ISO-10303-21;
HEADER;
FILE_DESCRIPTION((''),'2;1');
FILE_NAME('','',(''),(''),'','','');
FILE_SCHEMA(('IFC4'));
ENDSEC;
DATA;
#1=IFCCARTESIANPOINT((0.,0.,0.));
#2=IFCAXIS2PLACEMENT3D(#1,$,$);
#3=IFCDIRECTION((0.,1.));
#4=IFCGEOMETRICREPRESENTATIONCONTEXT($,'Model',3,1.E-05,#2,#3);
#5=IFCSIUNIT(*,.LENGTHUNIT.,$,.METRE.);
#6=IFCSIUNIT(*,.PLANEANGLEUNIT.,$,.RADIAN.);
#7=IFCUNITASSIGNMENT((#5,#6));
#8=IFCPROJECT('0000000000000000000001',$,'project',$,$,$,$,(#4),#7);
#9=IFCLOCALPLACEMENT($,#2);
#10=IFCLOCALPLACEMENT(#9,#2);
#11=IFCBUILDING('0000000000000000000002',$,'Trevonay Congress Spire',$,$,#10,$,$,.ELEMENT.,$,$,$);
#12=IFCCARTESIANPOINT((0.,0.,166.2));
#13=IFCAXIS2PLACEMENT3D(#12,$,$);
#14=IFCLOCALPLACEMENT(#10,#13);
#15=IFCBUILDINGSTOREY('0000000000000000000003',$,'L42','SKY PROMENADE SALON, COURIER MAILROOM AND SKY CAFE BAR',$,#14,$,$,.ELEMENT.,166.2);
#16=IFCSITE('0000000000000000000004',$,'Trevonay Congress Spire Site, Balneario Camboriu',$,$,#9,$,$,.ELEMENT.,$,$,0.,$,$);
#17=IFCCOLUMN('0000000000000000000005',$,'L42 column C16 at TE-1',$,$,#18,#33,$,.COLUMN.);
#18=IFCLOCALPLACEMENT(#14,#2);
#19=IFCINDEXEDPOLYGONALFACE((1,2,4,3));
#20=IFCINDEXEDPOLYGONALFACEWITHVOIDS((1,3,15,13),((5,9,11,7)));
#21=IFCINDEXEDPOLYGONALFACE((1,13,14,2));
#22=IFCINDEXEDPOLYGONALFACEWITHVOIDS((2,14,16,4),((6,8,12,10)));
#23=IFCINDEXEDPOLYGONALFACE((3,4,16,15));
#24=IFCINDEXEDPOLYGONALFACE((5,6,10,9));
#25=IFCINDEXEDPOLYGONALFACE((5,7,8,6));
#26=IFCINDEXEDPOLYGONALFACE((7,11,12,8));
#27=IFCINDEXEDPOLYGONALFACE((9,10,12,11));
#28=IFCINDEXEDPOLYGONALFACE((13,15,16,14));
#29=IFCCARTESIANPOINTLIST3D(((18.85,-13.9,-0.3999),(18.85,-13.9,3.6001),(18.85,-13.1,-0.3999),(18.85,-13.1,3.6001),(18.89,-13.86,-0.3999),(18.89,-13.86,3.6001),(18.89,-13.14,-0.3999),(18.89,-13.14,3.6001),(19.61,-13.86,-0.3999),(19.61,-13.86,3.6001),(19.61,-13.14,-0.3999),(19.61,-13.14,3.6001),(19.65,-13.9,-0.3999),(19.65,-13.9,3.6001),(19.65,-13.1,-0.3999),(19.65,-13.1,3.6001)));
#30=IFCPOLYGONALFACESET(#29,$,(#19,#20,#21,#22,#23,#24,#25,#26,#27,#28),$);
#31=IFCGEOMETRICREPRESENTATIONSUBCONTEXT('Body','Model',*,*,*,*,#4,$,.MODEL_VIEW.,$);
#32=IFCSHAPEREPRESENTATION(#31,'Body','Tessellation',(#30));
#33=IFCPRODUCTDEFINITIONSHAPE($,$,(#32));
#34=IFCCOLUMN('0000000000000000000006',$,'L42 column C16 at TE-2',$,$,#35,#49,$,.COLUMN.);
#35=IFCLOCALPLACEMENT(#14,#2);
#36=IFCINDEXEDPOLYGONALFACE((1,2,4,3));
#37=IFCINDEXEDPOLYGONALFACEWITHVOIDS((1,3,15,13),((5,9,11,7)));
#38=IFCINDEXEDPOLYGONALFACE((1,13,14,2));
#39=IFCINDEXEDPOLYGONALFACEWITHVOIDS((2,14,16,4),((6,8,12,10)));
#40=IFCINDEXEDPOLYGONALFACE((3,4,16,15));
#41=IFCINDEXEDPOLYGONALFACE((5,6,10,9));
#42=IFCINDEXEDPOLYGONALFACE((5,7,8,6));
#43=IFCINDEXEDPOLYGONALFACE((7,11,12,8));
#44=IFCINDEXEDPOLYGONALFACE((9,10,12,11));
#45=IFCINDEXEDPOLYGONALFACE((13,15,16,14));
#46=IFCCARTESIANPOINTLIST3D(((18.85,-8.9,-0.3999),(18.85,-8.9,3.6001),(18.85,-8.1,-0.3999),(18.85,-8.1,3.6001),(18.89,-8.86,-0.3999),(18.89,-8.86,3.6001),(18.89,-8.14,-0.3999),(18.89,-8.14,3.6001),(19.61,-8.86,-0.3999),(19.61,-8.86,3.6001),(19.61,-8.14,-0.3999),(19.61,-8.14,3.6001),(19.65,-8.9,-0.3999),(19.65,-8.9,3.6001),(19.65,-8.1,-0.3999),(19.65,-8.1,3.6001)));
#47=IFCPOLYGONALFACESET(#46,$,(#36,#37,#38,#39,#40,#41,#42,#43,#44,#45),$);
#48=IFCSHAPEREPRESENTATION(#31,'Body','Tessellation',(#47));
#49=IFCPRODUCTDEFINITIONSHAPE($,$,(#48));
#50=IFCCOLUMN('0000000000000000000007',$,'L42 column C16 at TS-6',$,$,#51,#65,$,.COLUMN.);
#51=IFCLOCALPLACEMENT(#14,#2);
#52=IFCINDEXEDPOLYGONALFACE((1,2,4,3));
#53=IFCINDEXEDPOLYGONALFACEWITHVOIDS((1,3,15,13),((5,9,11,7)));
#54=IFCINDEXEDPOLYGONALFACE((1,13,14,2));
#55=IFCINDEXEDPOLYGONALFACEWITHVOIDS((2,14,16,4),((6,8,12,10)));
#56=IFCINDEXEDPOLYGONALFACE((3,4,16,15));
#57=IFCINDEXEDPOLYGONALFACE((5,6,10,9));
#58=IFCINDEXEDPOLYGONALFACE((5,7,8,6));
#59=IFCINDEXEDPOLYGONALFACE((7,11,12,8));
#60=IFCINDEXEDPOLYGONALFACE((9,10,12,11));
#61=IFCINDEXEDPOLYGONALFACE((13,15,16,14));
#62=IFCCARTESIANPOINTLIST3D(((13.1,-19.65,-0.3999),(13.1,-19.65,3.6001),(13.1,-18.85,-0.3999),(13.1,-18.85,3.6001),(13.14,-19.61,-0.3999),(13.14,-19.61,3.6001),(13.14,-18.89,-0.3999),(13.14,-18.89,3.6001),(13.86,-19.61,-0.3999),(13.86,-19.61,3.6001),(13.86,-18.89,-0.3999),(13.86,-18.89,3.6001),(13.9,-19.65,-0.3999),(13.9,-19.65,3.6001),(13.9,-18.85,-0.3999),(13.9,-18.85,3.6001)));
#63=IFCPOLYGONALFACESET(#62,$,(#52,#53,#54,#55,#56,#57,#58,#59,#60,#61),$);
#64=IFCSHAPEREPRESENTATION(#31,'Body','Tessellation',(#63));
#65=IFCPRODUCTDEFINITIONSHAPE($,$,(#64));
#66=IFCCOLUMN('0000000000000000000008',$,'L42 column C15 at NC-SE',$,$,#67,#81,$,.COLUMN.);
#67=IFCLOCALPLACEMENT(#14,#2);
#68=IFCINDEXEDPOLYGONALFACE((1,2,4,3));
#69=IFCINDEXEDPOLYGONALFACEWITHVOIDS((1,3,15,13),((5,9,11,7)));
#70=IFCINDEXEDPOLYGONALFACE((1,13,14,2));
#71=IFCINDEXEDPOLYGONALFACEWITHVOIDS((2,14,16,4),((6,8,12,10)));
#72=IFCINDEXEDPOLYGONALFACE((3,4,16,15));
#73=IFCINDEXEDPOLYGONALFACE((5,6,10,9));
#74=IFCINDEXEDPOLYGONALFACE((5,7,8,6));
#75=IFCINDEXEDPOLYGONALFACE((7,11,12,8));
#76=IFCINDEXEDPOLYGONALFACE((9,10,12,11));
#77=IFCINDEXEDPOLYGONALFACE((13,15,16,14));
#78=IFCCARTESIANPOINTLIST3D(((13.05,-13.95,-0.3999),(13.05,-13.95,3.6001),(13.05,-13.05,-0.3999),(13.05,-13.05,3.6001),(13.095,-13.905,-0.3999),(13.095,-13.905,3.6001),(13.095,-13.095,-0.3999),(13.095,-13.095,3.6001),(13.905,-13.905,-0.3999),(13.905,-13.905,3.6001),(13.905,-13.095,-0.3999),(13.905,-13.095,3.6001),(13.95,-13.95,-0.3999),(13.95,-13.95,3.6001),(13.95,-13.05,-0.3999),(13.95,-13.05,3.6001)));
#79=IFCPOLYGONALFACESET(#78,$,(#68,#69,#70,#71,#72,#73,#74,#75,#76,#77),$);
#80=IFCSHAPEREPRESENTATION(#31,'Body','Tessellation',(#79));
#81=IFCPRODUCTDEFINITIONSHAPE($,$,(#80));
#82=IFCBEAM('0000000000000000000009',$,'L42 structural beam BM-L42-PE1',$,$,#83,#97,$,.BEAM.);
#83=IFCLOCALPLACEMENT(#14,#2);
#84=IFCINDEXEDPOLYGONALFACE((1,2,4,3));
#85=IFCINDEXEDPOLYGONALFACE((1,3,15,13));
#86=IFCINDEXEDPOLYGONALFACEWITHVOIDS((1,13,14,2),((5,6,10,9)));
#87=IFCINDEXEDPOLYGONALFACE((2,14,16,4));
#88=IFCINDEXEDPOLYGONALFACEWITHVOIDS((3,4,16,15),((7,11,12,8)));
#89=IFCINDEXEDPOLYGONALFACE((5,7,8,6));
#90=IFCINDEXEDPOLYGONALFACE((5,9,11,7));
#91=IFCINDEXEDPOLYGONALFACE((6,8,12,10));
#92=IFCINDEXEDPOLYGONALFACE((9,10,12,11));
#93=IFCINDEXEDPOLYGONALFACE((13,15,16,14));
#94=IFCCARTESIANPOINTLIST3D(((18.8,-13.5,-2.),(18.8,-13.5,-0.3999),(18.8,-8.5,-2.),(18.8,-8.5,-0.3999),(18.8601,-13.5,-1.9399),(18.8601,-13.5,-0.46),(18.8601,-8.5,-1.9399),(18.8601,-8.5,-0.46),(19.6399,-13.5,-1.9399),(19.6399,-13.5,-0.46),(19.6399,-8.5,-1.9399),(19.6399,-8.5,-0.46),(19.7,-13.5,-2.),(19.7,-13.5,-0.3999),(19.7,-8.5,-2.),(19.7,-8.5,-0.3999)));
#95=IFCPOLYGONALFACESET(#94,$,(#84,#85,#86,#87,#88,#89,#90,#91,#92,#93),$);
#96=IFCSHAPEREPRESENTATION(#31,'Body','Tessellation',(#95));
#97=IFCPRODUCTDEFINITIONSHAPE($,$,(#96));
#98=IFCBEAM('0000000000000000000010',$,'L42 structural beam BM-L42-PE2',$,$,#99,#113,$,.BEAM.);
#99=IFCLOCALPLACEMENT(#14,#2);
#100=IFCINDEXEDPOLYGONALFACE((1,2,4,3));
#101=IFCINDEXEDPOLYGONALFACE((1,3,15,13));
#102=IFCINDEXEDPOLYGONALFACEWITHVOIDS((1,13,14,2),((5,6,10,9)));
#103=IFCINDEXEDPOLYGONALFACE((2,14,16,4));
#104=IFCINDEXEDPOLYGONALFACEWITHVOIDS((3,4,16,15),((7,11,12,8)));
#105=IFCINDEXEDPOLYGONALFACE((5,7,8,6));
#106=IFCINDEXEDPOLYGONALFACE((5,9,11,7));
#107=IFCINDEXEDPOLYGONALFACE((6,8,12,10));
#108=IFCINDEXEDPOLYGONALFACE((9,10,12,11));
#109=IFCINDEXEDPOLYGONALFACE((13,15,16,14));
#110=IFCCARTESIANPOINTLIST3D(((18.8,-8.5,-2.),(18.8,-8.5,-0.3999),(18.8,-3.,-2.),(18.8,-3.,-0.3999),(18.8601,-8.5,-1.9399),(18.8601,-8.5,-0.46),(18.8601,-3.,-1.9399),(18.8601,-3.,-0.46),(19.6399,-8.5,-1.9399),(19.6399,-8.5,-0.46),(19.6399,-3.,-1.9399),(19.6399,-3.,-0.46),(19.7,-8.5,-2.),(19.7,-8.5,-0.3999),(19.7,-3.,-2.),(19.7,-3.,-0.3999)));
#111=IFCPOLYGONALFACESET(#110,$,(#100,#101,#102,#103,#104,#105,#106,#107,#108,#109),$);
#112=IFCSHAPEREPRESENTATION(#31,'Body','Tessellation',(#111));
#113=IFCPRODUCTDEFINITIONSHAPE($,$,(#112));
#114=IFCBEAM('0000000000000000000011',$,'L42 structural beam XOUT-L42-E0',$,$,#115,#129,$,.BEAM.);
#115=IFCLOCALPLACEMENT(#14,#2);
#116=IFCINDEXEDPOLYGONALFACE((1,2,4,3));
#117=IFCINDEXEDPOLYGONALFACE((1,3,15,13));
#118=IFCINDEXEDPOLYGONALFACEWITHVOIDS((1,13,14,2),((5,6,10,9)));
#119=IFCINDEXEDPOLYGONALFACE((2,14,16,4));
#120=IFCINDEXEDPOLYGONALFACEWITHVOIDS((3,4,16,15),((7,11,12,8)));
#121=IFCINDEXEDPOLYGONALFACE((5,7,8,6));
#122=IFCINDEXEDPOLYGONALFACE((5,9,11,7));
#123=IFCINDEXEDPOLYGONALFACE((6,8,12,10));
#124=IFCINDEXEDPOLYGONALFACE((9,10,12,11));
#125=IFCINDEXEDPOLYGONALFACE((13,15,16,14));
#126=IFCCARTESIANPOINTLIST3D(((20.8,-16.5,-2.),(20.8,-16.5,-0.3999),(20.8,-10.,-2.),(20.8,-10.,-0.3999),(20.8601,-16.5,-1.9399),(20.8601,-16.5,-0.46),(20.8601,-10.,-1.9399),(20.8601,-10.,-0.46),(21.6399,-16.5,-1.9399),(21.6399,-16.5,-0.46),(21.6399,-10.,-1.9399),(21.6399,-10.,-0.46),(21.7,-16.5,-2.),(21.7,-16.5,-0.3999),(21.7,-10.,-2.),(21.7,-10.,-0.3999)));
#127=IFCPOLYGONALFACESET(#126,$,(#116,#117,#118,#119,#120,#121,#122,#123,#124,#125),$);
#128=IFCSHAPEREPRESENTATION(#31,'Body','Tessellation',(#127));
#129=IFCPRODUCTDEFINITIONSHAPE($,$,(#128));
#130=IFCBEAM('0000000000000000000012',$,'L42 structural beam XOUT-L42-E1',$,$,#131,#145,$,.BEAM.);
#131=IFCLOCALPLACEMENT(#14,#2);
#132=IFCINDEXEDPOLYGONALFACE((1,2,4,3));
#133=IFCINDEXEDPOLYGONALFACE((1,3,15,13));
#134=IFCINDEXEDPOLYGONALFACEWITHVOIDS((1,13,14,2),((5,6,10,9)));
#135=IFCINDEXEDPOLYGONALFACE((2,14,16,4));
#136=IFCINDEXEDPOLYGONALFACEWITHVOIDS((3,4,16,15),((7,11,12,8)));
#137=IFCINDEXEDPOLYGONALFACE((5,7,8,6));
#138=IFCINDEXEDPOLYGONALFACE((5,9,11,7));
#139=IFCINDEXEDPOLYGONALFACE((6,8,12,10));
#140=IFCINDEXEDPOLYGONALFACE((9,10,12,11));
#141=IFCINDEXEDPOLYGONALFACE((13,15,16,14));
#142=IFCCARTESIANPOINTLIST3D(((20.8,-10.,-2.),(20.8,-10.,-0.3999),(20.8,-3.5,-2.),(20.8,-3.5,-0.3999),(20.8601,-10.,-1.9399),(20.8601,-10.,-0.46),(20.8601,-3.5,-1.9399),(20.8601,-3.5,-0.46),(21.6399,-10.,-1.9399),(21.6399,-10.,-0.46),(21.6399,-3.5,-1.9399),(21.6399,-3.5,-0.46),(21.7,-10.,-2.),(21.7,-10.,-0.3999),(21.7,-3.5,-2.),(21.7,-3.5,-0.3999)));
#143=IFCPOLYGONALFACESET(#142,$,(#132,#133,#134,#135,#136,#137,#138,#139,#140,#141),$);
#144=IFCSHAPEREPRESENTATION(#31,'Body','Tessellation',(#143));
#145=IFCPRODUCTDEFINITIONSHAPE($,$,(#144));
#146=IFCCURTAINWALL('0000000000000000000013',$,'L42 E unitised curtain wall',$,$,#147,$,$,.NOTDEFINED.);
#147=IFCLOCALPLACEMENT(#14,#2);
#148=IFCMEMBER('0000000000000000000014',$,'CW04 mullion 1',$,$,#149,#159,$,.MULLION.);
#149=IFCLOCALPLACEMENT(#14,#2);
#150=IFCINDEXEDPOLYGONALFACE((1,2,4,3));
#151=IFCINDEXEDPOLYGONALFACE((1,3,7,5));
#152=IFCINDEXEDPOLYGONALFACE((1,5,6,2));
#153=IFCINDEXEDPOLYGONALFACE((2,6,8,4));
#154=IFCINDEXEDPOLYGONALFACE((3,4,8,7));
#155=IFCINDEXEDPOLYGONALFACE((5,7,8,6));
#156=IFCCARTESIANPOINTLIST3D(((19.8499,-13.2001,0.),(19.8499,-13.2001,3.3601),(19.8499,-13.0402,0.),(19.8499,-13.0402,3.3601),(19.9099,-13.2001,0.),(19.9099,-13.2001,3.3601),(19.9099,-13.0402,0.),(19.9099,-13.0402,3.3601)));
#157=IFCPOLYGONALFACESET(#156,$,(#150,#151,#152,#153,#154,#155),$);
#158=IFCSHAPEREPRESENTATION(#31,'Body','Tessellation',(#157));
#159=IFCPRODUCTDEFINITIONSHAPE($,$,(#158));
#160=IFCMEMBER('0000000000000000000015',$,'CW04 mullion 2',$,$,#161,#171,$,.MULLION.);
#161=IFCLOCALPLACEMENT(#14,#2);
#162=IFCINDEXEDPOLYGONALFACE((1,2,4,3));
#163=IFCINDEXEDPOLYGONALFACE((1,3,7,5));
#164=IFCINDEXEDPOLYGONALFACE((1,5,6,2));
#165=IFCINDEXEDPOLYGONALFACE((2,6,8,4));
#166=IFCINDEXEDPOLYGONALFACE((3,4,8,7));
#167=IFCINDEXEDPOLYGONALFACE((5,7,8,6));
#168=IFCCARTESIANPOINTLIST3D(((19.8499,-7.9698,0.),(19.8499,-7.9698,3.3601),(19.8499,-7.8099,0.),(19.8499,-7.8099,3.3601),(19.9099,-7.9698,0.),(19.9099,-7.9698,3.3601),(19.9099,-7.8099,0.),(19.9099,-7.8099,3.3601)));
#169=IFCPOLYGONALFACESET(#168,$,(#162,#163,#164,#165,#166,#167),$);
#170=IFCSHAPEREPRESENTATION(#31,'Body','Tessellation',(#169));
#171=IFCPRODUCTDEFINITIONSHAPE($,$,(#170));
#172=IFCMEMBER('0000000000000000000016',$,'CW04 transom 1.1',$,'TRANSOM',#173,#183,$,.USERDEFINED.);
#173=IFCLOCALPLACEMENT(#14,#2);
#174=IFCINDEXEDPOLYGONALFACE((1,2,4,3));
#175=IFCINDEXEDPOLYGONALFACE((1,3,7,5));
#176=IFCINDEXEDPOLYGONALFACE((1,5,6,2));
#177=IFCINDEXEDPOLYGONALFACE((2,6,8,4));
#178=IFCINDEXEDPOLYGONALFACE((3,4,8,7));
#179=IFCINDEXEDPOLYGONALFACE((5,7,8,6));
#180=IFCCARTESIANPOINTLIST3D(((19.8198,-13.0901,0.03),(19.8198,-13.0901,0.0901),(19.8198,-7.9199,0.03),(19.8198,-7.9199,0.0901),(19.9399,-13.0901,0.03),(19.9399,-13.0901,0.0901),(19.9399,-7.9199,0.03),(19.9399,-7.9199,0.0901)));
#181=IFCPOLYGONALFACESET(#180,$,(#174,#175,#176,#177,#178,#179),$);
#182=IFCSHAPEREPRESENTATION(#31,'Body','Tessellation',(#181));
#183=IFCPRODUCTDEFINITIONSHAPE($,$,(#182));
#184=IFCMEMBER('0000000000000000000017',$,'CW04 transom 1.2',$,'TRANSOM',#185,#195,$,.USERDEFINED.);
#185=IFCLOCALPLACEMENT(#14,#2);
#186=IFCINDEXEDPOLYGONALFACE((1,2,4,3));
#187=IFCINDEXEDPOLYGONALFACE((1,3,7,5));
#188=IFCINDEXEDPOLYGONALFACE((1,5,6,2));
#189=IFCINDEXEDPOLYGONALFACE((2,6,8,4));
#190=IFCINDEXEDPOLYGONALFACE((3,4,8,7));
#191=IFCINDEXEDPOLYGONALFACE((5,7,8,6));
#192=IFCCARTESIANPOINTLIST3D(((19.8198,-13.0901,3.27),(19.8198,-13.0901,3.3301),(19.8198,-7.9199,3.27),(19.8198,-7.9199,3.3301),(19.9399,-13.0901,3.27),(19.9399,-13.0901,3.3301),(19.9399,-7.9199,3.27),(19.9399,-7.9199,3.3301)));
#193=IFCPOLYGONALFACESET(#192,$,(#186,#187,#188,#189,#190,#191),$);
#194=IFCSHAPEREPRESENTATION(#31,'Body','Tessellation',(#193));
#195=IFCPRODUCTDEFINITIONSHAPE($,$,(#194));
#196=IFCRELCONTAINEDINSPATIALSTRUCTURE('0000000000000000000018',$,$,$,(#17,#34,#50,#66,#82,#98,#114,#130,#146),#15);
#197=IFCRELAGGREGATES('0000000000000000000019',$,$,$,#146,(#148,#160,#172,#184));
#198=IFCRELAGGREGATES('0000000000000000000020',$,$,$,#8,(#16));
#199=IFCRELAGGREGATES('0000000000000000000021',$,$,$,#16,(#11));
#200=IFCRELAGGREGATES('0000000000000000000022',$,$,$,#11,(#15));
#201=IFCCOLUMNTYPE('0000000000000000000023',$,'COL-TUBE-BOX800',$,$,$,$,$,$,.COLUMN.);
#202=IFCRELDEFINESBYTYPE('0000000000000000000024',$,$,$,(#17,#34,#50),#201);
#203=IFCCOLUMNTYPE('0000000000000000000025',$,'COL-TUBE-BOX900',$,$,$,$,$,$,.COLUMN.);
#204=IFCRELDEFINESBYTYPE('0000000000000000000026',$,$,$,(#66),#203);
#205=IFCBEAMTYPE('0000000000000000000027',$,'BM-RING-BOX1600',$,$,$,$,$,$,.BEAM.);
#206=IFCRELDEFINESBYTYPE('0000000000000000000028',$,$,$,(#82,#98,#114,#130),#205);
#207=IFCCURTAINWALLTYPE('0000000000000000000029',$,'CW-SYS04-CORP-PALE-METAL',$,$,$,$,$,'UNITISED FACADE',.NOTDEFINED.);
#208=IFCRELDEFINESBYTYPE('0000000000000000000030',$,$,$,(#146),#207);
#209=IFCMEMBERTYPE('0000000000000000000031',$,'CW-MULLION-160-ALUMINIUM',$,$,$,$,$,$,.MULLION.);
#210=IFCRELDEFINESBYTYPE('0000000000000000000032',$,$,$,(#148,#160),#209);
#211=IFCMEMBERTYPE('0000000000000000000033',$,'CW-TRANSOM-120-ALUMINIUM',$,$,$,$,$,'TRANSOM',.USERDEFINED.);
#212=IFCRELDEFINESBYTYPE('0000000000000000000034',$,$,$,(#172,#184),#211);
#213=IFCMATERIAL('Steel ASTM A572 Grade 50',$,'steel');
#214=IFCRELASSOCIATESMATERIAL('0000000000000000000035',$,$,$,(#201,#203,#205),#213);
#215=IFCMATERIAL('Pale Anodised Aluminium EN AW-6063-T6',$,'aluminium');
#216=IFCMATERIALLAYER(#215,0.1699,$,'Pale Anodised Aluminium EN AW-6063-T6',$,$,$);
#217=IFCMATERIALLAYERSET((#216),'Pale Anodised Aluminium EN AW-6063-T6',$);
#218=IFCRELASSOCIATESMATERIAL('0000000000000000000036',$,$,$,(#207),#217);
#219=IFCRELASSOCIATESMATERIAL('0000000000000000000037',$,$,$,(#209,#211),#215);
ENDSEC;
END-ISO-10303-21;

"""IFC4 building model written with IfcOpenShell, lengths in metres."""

from ifc_helpers import new_model, si_unit, direction, frame, origin, origin_2d, place, context, subcontext, project, spatial, rectangle, hollow_rectangle, extrude, material, layer, layer_set, material_profile, profile_set, type_object, element, aggregate, save


model = new_model("IFC4")

# Units and contexts
model_context = context("Model", 3, precision=1e-05, world=origin(), true_north=direction((0.0, 1.0)))
body_context = subcontext(model_context, "Body", "Model", "MODEL_VIEW")
ifc_project = project(units=[si_unit("LENGTHUNIT", "METRE"), si_unit("PLANEANGLEUNIT", "RADIAN")], contexts=[model_context])

# Site, building, storey
site_placement = place(None, origin())
site = spatial("IfcSite", under=ifc_project, at=site_placement, Name="Trevonay Congress Spire Site, Balneario Camboriu", CompositionType="ELEMENT", RefElevation=0.0)
building_placement = place(site_placement, origin())
building = spatial("IfcBuilding", under=site, at=building_placement, Name="Trevonay Congress Spire", CompositionType="ELEMENT")
storey_placement = place(building_placement, frame((0.0, 0.0, 166.2)))
storey = spatial("IfcBuildingStorey", under=building, at=storey_placement, Name="L42", Description="SKY PROMENADE SALON, COURIER MAILROOM AND SKY CAFE BAR", CompositionType="ELEMENT", Elevation=166.2)

# Columns
ifc_material_1 = material(Name="Steel ASTM A572 Grade 50", Category="steel")
ifc_material_profile_1 = material_profile(ifc_material_1, hollow_rectangle(XDim=0.8, YDim=0.8, WallThickness=0.04, at=origin_2d()), Name="BOX 800x800x40")
ifc_profile_set_1 = profile_set([ifc_material_profile_1], Name="Steel ASTM A572 Grade 50")
column_type_1 = type_object("IfcColumnType", Name="COL-TUBE-BOX800", PredefinedType="COLUMN", material=ifc_profile_set_1)
for number, where, z_axis, x_axis, name in (
    (1, (19.25, -13.5, -0.3999), (0.0, 0.0, 1.0), (1.0, 0.0, 0.0), "L42 column C16 at TE-1"),
    (2, (19.25, -8.5, -0.3999), (0.0, 0.0, 1.0), (1.0, 0.0, 0.0), "L42 column C16 at TE-2"),
    (3, (13.5, -19.25, -0.3999), (0.0, 0.0, 1.0), (1.0, 0.0, 0.0), "L42 column C16 at TS-6"),
):
    element("IfcColumn", number, at=place(storey_placement, frame(where, z_axis=z_axis, x_axis=x_axis)), inside=storey, type_object=column_type_1, Name=name, PredefinedType="COLUMN", context=body_context, shape_type="SweptSolid", body=[
        extrude(hollow_rectangle(XDim=0.8, YDim=0.8, WallThickness=0.04, at=origin_2d()), origin(), (0.0, 0.0, 1.0), 4.0),
    ])
ifc_material_profile_2 = material_profile(ifc_material_1, hollow_rectangle(XDim=0.8999, YDim=0.8999, WallThickness=0.0449, at=origin_2d()), Name="BOX 900x900x45")
ifc_profile_set_2 = profile_set([ifc_material_profile_2], Name="Steel ASTM A572 Grade 50")
column_type_2 = type_object("IfcColumnType", Name="COL-TUBE-BOX900", PredefinedType="COLUMN", material=ifc_profile_set_2)
column_placement = place(storey_placement, frame((13.5, -13.5, -0.3999), z_axis=(0.0, 0.0, 1.0), x_axis=(1.0, 0.0, 0.0)))
element("IfcColumn", 4, at=column_placement, inside=storey, type_object=column_type_2, Name="L42 column C15 at NC-SE", PredefinedType="COLUMN", context=body_context, shape_type="SweptSolid", body=[
    extrude(hollow_rectangle(XDim=0.8999, YDim=0.8999, WallThickness=0.0449, at=origin_2d()), origin(), (0.0, 0.0, 1.0), 4.0),
])

# Beams
ifc_material_profile_3 = material_profile(ifc_material_1, hollow_rectangle(XDim=0.8999, YDim=1.6001, WallThickness=0.0601, at=origin_2d()), Name="BOX 1600x900x60")
ifc_profile_set_3 = profile_set([ifc_material_profile_3], Name="Steel ASTM A572 Grade 50")
beam_type = type_object("IfcBeamType", Name="BM-RING-BOX1600", PredefinedType="BEAM", material=ifc_profile_set_3)
beam_1_placement = place(storey_placement, frame((19.25, -13.5, -1.2), z_axis=(0.0, 1.0, 0.0), x_axis=(-1.0, 0.0, 0.0)))
element("IfcBeam", 5, at=beam_1_placement, inside=storey, type_object=beam_type, Name="L42 structural beam BM-L42-PE1", PredefinedType="BEAM", context=body_context, shape_type="SweptSolid", body=[
    extrude(hollow_rectangle(XDim=0.8999, YDim=1.6001, WallThickness=0.0601, at=origin_2d()), origin(), (0.0, 0.0, 1.0), 5.0),
])
beam_2_placement = place(storey_placement, frame((19.25, -8.5, -1.2), z_axis=(0.0, 1.0, 0.0), x_axis=(-1.0, 0.0, 0.0)))
element("IfcBeam", 6, at=beam_2_placement, inside=storey, type_object=beam_type, Name="L42 structural beam BM-L42-PE2", PredefinedType="BEAM", context=body_context, shape_type="SweptSolid", body=[
    extrude(hollow_rectangle(XDim=0.8999, YDim=1.6001, WallThickness=0.0601, at=origin_2d()), origin(), (0.0, 0.0, 1.0), 5.5),
])
for number, where, z_axis, x_axis, name in (
    (7, (21.25, -16.5, -1.2), (0.0, 1.0, 0.0), (-1.0, 0.0, 0.0), "L42 structural beam XOUT-L42-E0"),
    (8, (21.25, -10.0, -1.2), (0.0, 1.0, 0.0), (-1.0, 0.0, 0.0), "L42 structural beam XOUT-L42-E1"),
):
    element("IfcBeam", number, at=place(storey_placement, frame(where, z_axis=z_axis, x_axis=x_axis)), inside=storey, type_object=beam_type, Name=name, PredefinedType="BEAM", context=body_context, shape_type="SweptSolid", body=[
        extrude(hollow_rectangle(XDim=0.8999, YDim=1.6001, WallThickness=0.0601, at=origin_2d()), origin(), (0.0, 0.0, 1.0), 6.5),
    ])

# Curtain wall, members
ifc_material_2 = material(Name="Pale Anodised Aluminium EN AW-6063-T6", Category="aluminium")
ifc_layer_1 = layer(ifc_material_2, 0.1699, Name="Pale Anodised Aluminium EN AW-6063-T6")
ifc_layer_set_1 = layer_set([ifc_layer_1], Name="Pale Anodised Aluminium EN AW-6063-T6")
curtain_wall_type = type_object("IfcCurtainWallType", Name="CW-SYS04-CORP-PALE-METAL", ElementType="UNITISED FACADE", PredefinedType="NOTDEFINED", material=ifc_layer_set_1)
curtain_wall_placement = place(storey_placement, origin())
curtain_wall = element("IfcCurtainWall", 9, at=curtain_wall_placement, inside=storey, type_object=curtain_wall_type, Name="L42 E unitised curtain wall", PredefinedType="NOTDEFINED")
ifc_material_profile_4 = material_profile(ifc_material_2, rectangle(XDim=0.0601, YDim=0.1599, at=origin_2d()), Name="CW-MULLION-160-ALUMINIUM")
ifc_profile_set_4 = profile_set([ifc_material_profile_4], Name="Pale Anodised Aluminium EN AW-6063-T6")
member_type_1 = type_object("IfcMemberType", Name="CW-MULLION-160-ALUMINIUM", PredefinedType="MULLION", material=ifc_profile_set_4)
member_1_placement = place(storey_placement, frame((19.8799, -13.1201, 0.0), z_axis=(0.0, 0.0, 1.0), x_axis=(-1.0, 0.0, 0.0)))
member_1 = element("IfcMember", 10, at=member_1_placement, type_object=member_type_1, Name="CW04 mullion 1", PredefinedType="MULLION", context=body_context, shape_type="SweptSolid", body=[
    extrude(rectangle(XDim=0.0601, YDim=0.1599, at=origin_2d()), origin(), (0.0, 0.0, 1.0), 3.3601),
])
member_2_placement = place(storey_placement, frame((19.8799, -7.8899, 0.0), z_axis=(0.0, 0.0, 1.0), x_axis=(-1.0, 0.0, 0.0)))
member_2 = element("IfcMember", 11, at=member_2_placement, type_object=member_type_1, Name="CW04 mullion 2", PredefinedType="MULLION", context=body_context, shape_type="SweptSolid", body=[
    extrude(rectangle(XDim=0.0601, YDim=0.1599, at=origin_2d()), origin(), (0.0, 0.0, 1.0), 3.3601),
])
ifc_material_profile_5 = material_profile(ifc_material_2, rectangle(XDim=0.1201, YDim=0.0601, at=origin_2d()), Name="CW-TRANSOM-120-ALUMINIUM")
ifc_profile_set_5 = profile_set([ifc_material_profile_5], Name="Pale Anodised Aluminium EN AW-6063-T6")
member_type_2 = type_object("IfcMemberType", Name="CW-TRANSOM-120-ALUMINIUM", ElementType="TRANSOM", PredefinedType="USERDEFINED", material=ifc_profile_set_5)
member_3_placement = place(storey_placement, frame((19.8799, -13.0901, 0.0601), z_axis=(0.0, 1.0, 0.0), x_axis=(-1.0, 0.0, 0.0)))
member_3 = element("IfcMember", 12, at=member_3_placement, type_object=member_type_2, Name="CW04 transom 1.1", ObjectType="TRANSOM", PredefinedType="USERDEFINED", context=body_context, shape_type="SweptSolid", body=[
    extrude(rectangle(XDim=0.1201, YDim=0.0601, at=origin_2d()), origin(), (0.0, 0.0, 1.0), 5.1702),
])
member_4_placement = place(storey_placement, frame((19.8799, -13.0901, 3.3), z_axis=(0.0, 1.0, 0.0), x_axis=(-1.0, 0.0, 0.0)))
member_4 = element("IfcMember", 13, at=member_4_placement, type_object=member_type_2, Name="CW04 transom 1.2", ObjectType="TRANSOM", PredefinedType="USERDEFINED", context=body_context, shape_type="SweptSolid", body=[
    extrude(rectangle(XDim=0.1201, YDim=0.0601, at=origin_2d()), origin(), (0.0, 0.0, 1.0), 5.1702),
])
aggregate(curtain_wall, [member_1, member_2, member_3, member_4])

save(model, "model.ifc")
